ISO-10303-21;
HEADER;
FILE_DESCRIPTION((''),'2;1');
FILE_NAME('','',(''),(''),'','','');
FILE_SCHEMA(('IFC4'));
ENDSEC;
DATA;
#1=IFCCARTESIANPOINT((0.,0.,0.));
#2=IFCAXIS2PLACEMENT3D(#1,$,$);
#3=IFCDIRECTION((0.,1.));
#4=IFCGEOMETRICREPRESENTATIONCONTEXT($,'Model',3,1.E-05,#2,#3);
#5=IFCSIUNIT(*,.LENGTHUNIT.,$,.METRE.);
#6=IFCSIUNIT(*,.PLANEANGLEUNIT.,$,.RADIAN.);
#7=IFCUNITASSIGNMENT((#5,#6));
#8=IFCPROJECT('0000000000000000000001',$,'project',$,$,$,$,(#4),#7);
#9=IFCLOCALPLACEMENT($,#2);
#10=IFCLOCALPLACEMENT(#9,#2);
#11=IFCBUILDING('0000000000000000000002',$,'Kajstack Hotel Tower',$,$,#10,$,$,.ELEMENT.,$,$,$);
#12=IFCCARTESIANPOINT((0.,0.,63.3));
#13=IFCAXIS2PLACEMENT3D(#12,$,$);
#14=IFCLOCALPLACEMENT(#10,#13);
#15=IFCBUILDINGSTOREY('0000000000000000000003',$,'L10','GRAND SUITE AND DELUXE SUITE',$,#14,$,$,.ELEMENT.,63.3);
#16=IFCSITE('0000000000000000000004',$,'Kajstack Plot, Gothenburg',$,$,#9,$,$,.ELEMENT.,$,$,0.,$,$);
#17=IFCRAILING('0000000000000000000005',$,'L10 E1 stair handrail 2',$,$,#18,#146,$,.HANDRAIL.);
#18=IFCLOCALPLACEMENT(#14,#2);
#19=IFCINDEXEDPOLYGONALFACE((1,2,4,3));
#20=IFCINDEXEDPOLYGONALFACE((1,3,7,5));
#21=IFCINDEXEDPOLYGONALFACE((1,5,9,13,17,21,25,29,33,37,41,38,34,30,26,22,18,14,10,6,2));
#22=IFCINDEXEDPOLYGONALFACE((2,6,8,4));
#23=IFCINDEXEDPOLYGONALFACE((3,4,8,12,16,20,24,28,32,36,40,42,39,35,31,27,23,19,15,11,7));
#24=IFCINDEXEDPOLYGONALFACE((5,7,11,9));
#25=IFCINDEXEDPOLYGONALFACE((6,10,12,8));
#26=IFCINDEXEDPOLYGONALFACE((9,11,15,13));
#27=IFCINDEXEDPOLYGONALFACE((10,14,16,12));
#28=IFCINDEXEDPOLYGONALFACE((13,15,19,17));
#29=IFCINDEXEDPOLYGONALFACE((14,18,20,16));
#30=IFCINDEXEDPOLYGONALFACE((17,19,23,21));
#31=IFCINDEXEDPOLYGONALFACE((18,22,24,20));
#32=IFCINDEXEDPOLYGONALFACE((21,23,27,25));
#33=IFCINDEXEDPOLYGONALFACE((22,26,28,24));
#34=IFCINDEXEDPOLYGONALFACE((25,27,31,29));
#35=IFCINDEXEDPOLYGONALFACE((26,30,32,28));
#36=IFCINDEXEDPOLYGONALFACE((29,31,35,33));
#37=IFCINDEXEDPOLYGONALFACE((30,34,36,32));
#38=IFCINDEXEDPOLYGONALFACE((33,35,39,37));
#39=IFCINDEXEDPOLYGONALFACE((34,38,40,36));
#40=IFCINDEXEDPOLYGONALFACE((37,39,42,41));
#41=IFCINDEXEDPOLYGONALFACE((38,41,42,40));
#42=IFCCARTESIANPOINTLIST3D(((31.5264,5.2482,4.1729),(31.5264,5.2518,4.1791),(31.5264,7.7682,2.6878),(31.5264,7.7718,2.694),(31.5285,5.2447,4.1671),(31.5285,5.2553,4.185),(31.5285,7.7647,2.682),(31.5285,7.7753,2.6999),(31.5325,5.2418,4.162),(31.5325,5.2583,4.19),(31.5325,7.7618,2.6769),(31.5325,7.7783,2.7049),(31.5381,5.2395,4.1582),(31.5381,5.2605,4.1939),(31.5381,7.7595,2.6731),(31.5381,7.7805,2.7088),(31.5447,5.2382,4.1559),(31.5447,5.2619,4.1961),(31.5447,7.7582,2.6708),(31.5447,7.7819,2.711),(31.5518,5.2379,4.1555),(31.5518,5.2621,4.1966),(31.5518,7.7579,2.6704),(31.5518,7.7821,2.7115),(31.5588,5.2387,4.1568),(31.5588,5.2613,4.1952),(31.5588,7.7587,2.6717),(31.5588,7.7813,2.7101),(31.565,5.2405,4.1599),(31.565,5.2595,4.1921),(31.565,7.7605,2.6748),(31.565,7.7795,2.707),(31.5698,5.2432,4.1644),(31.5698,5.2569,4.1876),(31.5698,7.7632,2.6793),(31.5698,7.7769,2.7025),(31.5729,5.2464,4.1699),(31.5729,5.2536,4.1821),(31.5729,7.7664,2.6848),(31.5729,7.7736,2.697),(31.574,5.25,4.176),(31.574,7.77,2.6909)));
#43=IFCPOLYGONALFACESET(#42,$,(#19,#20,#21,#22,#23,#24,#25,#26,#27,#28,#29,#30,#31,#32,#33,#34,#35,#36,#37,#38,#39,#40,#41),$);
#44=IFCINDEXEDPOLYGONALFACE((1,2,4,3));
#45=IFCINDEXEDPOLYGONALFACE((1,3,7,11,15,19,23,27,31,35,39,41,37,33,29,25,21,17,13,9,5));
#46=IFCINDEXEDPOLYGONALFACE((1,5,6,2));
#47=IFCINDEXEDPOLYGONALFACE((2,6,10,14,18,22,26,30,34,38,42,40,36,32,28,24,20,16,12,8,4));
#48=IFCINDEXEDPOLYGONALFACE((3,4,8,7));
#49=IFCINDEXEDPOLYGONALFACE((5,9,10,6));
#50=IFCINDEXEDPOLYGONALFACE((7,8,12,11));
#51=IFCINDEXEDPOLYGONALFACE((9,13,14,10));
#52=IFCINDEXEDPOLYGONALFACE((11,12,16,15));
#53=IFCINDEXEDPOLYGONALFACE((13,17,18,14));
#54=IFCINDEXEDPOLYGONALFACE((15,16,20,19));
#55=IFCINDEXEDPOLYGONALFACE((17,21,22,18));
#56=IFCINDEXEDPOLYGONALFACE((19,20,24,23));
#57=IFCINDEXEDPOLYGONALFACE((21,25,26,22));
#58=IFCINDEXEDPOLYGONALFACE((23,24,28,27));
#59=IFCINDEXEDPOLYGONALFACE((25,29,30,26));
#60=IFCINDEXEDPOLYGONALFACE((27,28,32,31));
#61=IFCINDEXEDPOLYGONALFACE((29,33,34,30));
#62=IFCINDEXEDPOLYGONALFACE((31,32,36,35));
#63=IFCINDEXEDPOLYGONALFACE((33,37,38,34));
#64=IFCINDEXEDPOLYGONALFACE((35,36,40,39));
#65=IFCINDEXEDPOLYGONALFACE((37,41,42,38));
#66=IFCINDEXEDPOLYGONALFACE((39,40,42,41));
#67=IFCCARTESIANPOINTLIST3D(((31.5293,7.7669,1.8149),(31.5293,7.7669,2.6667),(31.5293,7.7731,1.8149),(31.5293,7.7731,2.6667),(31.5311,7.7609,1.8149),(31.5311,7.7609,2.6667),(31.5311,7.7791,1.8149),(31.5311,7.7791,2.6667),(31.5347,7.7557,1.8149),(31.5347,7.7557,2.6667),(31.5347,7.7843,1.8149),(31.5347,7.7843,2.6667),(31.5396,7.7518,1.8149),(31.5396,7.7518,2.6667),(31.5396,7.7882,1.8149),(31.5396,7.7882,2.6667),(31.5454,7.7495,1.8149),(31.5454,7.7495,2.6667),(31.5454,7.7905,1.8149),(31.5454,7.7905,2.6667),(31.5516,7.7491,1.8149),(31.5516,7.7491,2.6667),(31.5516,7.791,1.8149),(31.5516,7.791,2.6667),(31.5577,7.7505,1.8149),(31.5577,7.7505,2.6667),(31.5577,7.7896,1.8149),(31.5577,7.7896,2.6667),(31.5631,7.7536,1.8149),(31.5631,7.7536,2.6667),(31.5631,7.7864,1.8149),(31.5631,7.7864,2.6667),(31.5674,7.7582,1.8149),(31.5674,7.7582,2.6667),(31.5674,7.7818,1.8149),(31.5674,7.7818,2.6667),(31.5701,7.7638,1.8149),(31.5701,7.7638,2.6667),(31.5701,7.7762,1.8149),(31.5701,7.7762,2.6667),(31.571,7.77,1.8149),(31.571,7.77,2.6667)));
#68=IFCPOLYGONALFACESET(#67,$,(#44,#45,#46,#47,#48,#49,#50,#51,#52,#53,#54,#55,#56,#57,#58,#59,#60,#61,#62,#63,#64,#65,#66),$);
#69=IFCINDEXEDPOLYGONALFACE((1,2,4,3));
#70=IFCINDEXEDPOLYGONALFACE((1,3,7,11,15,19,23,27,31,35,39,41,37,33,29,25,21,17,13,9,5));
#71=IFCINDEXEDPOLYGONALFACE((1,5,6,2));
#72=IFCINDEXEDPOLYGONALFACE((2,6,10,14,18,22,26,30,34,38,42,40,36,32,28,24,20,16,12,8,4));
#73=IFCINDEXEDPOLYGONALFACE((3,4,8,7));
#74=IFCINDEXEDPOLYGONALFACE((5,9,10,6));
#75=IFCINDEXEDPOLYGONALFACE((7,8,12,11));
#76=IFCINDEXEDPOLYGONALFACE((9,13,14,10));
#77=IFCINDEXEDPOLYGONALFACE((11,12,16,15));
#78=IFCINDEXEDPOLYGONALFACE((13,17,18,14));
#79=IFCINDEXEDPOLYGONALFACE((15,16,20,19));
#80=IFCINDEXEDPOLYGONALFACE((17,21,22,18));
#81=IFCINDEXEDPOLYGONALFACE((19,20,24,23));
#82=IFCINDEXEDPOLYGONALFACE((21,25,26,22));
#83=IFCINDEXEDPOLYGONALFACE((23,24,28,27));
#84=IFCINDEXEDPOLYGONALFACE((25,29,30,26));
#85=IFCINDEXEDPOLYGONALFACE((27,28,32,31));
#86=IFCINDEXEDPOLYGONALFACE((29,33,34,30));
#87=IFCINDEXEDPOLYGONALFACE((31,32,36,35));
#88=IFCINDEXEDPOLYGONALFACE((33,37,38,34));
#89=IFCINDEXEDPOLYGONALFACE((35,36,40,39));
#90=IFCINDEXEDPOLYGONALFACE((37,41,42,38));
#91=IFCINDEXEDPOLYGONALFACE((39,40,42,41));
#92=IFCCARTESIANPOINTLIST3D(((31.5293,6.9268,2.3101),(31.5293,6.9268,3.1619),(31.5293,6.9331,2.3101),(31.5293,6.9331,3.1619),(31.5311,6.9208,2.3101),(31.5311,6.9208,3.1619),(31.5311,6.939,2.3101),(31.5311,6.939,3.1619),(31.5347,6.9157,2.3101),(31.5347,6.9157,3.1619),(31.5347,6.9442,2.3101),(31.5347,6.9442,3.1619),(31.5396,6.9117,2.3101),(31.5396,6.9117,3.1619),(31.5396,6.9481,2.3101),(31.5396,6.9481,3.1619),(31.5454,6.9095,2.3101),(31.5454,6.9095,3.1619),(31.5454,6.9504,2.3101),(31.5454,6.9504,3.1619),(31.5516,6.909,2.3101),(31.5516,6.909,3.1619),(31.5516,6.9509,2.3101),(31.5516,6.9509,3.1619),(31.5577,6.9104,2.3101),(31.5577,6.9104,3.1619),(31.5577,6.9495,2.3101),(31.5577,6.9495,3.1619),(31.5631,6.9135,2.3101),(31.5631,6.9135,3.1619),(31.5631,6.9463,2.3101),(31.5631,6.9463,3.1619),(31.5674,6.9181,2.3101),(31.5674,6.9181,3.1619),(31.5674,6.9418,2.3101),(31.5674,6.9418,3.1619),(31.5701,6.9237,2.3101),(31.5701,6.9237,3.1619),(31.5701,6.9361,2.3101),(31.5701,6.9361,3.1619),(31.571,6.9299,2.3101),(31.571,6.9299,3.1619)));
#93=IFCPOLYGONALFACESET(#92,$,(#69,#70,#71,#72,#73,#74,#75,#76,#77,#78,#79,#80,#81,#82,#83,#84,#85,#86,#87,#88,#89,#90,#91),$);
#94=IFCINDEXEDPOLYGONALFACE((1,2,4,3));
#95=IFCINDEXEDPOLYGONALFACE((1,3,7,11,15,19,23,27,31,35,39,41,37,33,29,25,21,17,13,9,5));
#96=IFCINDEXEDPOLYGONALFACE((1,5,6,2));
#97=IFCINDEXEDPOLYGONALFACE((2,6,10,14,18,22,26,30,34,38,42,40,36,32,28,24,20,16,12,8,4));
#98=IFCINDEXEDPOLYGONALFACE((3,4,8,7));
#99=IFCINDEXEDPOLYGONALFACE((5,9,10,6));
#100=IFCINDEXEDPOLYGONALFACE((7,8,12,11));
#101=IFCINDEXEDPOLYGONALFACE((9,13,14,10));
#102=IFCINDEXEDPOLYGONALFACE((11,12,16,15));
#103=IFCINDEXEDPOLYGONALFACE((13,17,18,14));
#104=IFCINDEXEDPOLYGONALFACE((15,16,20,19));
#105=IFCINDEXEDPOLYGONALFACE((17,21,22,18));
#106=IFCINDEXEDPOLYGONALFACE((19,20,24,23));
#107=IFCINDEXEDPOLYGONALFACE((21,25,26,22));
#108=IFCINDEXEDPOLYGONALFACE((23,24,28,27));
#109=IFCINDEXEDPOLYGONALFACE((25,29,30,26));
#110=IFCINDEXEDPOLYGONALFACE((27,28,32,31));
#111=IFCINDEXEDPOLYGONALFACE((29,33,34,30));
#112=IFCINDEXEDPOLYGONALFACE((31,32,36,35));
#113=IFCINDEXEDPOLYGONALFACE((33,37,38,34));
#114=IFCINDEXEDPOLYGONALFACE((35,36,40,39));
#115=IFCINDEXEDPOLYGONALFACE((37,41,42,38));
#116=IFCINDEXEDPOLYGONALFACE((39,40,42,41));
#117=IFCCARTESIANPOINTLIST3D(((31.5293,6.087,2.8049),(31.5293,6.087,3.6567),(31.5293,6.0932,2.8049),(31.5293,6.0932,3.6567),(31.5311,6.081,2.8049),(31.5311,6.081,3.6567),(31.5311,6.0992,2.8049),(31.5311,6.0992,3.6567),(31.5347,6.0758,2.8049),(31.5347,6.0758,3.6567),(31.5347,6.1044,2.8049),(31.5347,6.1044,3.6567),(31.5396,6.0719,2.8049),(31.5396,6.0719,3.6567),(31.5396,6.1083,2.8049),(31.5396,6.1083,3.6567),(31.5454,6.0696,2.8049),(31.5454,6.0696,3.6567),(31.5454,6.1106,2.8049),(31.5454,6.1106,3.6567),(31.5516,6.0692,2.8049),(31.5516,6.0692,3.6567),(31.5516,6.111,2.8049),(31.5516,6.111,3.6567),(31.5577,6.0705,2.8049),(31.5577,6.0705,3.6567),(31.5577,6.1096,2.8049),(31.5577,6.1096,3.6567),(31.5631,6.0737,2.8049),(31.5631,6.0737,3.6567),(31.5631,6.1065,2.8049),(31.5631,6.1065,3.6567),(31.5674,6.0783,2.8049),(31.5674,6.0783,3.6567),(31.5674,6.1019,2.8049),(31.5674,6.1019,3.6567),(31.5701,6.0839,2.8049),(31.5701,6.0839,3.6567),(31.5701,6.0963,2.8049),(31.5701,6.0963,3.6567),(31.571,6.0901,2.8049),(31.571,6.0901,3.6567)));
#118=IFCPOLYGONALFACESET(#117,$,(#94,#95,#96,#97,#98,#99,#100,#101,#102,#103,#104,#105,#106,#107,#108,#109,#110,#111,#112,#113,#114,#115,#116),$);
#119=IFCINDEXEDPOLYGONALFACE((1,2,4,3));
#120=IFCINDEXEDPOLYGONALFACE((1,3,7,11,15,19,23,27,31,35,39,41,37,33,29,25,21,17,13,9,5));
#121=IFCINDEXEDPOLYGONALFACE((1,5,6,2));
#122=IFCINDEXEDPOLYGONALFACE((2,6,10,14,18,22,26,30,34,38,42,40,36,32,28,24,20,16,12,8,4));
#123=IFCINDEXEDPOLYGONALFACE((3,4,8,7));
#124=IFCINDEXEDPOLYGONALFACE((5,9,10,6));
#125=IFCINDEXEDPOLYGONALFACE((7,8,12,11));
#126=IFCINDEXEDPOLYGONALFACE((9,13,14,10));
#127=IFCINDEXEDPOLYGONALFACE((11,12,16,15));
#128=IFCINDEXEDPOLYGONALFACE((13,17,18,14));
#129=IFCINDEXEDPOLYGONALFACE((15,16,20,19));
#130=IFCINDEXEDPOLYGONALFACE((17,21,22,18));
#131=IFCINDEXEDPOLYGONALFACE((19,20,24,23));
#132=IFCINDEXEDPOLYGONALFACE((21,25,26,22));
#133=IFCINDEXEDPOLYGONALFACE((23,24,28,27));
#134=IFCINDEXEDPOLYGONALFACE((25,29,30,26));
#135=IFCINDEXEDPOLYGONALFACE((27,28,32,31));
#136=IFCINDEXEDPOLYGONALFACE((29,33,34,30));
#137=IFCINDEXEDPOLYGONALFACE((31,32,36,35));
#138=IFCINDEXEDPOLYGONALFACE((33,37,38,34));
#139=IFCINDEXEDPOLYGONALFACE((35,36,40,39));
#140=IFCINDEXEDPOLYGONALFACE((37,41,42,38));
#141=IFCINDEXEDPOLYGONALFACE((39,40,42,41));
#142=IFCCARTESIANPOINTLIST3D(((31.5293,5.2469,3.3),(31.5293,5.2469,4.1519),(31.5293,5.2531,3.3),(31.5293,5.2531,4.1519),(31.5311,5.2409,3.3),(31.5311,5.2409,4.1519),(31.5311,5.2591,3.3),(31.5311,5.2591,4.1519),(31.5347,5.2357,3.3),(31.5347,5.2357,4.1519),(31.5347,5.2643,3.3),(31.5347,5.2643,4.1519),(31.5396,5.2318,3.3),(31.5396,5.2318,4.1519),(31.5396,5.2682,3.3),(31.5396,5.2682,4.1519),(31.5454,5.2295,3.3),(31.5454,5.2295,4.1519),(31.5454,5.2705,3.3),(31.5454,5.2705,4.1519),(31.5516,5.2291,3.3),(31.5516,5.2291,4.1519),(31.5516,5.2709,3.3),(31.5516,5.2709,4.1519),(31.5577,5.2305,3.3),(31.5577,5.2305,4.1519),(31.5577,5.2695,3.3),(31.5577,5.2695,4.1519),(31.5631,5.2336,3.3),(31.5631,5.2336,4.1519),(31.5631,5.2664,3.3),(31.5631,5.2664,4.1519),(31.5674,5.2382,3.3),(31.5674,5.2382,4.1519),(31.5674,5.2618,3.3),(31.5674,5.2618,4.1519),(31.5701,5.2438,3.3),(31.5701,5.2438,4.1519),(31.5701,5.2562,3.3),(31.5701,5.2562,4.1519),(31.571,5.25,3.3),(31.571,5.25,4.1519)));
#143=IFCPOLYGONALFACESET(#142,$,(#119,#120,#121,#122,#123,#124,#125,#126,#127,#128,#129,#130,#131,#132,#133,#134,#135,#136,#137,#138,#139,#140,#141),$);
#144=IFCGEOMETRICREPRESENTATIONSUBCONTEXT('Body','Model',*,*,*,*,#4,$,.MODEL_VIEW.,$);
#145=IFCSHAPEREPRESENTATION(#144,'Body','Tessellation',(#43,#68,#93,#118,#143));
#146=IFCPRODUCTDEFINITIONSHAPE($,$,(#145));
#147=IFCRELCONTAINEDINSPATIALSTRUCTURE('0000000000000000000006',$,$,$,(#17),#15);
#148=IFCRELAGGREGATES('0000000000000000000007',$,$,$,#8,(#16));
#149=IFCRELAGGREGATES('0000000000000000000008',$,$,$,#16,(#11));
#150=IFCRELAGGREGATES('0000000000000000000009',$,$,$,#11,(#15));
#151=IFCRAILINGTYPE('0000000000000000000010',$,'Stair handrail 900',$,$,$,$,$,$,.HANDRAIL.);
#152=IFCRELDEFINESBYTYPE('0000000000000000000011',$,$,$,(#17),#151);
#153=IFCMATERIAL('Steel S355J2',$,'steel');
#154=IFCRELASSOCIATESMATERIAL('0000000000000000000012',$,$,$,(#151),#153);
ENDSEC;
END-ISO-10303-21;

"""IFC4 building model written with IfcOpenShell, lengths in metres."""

from ifc_helpers import new_model, si_unit, direction, frame, origin, origin_2d, place, context, subcontext, project, spatial, circle, extrude, material, type_object, element, save


model = new_model("IFC4")

# Units and contexts
model_context = context("Model", 3, precision=1e-05, world=origin(), true_north=direction((0.0, 1.0)))
body_context = subcontext(model_context, "Body", "Model", "MODEL_VIEW")
ifc_project = project(units=[si_unit("LENGTHUNIT", "METRE"), si_unit("PLANEANGLEUNIT", "RADIAN")], contexts=[model_context])

# Site, building, storey
site_placement = place(None, origin())
site = spatial("IfcSite", under=ifc_project, at=site_placement, Name="Kajstack Plot, Gothenburg", CompositionType="ELEMENT", RefElevation=0.0)
building_placement = place(site_placement, origin())
building = spatial("IfcBuilding", under=site, at=building_placement, Name="Kajstack Hotel Tower", CompositionType="ELEMENT")
storey_placement = place(building_placement, frame((0.0, 0.0, 63.3)))
storey = spatial("IfcBuildingStorey", under=building, at=storey_placement, Name="L10", Description="GRAND SUITE AND DELUXE SUITE", CompositionType="ELEMENT", Elevation=63.3)

# Railing
ifc_material_1 = material(Name="Steel S355J2", Category="steel")
railing_type_1 = type_object("IfcRailingType", Name="Stair handrail 900", PredefinedType="HANDRAIL", material=ifc_material_1)
railing_1_placement = place(storey_placement, frame((31.55, 7.77, 1.8149)))
element("IfcRailing", 1, at=railing_1_placement, inside=storey, type_object=railing_type_1, Name="L10 E1 stair handrail 2", PredefinedType="HANDRAIL", context=body_context, shape_type="SweptSolid", body=[
    extrude(circle(Radius=0.0239, at=origin_2d()), frame((0.0, 0.0, 0.876), z_axis=(0.0, -0.861524, 0.507717), x_axis=(1.0, 0.0, 0.0)), (0.0, 0.0, 1.0), 2.925),
    extrude(circle(Radius=0.021, at=origin_2d()), origin(), (0.0, 0.0, 1.0), 0.8518),
    extrude(circle(Radius=0.021, at=origin_2d()), frame((0.0, -0.8401, 0.4951)), (0.0, 0.0, 1.0), 0.8518),
    extrude(circle(Radius=0.021, at=origin_2d()), frame((0.0, -1.6799, 0.99)), (0.0, 0.0, 1.0), 0.8518),
    extrude(circle(Radius=0.021, at=origin_2d()), frame((0.0, -2.52, 1.4851)), (0.0, 0.0, 1.0), 0.8518),
])

save(model, "model.ifc")
